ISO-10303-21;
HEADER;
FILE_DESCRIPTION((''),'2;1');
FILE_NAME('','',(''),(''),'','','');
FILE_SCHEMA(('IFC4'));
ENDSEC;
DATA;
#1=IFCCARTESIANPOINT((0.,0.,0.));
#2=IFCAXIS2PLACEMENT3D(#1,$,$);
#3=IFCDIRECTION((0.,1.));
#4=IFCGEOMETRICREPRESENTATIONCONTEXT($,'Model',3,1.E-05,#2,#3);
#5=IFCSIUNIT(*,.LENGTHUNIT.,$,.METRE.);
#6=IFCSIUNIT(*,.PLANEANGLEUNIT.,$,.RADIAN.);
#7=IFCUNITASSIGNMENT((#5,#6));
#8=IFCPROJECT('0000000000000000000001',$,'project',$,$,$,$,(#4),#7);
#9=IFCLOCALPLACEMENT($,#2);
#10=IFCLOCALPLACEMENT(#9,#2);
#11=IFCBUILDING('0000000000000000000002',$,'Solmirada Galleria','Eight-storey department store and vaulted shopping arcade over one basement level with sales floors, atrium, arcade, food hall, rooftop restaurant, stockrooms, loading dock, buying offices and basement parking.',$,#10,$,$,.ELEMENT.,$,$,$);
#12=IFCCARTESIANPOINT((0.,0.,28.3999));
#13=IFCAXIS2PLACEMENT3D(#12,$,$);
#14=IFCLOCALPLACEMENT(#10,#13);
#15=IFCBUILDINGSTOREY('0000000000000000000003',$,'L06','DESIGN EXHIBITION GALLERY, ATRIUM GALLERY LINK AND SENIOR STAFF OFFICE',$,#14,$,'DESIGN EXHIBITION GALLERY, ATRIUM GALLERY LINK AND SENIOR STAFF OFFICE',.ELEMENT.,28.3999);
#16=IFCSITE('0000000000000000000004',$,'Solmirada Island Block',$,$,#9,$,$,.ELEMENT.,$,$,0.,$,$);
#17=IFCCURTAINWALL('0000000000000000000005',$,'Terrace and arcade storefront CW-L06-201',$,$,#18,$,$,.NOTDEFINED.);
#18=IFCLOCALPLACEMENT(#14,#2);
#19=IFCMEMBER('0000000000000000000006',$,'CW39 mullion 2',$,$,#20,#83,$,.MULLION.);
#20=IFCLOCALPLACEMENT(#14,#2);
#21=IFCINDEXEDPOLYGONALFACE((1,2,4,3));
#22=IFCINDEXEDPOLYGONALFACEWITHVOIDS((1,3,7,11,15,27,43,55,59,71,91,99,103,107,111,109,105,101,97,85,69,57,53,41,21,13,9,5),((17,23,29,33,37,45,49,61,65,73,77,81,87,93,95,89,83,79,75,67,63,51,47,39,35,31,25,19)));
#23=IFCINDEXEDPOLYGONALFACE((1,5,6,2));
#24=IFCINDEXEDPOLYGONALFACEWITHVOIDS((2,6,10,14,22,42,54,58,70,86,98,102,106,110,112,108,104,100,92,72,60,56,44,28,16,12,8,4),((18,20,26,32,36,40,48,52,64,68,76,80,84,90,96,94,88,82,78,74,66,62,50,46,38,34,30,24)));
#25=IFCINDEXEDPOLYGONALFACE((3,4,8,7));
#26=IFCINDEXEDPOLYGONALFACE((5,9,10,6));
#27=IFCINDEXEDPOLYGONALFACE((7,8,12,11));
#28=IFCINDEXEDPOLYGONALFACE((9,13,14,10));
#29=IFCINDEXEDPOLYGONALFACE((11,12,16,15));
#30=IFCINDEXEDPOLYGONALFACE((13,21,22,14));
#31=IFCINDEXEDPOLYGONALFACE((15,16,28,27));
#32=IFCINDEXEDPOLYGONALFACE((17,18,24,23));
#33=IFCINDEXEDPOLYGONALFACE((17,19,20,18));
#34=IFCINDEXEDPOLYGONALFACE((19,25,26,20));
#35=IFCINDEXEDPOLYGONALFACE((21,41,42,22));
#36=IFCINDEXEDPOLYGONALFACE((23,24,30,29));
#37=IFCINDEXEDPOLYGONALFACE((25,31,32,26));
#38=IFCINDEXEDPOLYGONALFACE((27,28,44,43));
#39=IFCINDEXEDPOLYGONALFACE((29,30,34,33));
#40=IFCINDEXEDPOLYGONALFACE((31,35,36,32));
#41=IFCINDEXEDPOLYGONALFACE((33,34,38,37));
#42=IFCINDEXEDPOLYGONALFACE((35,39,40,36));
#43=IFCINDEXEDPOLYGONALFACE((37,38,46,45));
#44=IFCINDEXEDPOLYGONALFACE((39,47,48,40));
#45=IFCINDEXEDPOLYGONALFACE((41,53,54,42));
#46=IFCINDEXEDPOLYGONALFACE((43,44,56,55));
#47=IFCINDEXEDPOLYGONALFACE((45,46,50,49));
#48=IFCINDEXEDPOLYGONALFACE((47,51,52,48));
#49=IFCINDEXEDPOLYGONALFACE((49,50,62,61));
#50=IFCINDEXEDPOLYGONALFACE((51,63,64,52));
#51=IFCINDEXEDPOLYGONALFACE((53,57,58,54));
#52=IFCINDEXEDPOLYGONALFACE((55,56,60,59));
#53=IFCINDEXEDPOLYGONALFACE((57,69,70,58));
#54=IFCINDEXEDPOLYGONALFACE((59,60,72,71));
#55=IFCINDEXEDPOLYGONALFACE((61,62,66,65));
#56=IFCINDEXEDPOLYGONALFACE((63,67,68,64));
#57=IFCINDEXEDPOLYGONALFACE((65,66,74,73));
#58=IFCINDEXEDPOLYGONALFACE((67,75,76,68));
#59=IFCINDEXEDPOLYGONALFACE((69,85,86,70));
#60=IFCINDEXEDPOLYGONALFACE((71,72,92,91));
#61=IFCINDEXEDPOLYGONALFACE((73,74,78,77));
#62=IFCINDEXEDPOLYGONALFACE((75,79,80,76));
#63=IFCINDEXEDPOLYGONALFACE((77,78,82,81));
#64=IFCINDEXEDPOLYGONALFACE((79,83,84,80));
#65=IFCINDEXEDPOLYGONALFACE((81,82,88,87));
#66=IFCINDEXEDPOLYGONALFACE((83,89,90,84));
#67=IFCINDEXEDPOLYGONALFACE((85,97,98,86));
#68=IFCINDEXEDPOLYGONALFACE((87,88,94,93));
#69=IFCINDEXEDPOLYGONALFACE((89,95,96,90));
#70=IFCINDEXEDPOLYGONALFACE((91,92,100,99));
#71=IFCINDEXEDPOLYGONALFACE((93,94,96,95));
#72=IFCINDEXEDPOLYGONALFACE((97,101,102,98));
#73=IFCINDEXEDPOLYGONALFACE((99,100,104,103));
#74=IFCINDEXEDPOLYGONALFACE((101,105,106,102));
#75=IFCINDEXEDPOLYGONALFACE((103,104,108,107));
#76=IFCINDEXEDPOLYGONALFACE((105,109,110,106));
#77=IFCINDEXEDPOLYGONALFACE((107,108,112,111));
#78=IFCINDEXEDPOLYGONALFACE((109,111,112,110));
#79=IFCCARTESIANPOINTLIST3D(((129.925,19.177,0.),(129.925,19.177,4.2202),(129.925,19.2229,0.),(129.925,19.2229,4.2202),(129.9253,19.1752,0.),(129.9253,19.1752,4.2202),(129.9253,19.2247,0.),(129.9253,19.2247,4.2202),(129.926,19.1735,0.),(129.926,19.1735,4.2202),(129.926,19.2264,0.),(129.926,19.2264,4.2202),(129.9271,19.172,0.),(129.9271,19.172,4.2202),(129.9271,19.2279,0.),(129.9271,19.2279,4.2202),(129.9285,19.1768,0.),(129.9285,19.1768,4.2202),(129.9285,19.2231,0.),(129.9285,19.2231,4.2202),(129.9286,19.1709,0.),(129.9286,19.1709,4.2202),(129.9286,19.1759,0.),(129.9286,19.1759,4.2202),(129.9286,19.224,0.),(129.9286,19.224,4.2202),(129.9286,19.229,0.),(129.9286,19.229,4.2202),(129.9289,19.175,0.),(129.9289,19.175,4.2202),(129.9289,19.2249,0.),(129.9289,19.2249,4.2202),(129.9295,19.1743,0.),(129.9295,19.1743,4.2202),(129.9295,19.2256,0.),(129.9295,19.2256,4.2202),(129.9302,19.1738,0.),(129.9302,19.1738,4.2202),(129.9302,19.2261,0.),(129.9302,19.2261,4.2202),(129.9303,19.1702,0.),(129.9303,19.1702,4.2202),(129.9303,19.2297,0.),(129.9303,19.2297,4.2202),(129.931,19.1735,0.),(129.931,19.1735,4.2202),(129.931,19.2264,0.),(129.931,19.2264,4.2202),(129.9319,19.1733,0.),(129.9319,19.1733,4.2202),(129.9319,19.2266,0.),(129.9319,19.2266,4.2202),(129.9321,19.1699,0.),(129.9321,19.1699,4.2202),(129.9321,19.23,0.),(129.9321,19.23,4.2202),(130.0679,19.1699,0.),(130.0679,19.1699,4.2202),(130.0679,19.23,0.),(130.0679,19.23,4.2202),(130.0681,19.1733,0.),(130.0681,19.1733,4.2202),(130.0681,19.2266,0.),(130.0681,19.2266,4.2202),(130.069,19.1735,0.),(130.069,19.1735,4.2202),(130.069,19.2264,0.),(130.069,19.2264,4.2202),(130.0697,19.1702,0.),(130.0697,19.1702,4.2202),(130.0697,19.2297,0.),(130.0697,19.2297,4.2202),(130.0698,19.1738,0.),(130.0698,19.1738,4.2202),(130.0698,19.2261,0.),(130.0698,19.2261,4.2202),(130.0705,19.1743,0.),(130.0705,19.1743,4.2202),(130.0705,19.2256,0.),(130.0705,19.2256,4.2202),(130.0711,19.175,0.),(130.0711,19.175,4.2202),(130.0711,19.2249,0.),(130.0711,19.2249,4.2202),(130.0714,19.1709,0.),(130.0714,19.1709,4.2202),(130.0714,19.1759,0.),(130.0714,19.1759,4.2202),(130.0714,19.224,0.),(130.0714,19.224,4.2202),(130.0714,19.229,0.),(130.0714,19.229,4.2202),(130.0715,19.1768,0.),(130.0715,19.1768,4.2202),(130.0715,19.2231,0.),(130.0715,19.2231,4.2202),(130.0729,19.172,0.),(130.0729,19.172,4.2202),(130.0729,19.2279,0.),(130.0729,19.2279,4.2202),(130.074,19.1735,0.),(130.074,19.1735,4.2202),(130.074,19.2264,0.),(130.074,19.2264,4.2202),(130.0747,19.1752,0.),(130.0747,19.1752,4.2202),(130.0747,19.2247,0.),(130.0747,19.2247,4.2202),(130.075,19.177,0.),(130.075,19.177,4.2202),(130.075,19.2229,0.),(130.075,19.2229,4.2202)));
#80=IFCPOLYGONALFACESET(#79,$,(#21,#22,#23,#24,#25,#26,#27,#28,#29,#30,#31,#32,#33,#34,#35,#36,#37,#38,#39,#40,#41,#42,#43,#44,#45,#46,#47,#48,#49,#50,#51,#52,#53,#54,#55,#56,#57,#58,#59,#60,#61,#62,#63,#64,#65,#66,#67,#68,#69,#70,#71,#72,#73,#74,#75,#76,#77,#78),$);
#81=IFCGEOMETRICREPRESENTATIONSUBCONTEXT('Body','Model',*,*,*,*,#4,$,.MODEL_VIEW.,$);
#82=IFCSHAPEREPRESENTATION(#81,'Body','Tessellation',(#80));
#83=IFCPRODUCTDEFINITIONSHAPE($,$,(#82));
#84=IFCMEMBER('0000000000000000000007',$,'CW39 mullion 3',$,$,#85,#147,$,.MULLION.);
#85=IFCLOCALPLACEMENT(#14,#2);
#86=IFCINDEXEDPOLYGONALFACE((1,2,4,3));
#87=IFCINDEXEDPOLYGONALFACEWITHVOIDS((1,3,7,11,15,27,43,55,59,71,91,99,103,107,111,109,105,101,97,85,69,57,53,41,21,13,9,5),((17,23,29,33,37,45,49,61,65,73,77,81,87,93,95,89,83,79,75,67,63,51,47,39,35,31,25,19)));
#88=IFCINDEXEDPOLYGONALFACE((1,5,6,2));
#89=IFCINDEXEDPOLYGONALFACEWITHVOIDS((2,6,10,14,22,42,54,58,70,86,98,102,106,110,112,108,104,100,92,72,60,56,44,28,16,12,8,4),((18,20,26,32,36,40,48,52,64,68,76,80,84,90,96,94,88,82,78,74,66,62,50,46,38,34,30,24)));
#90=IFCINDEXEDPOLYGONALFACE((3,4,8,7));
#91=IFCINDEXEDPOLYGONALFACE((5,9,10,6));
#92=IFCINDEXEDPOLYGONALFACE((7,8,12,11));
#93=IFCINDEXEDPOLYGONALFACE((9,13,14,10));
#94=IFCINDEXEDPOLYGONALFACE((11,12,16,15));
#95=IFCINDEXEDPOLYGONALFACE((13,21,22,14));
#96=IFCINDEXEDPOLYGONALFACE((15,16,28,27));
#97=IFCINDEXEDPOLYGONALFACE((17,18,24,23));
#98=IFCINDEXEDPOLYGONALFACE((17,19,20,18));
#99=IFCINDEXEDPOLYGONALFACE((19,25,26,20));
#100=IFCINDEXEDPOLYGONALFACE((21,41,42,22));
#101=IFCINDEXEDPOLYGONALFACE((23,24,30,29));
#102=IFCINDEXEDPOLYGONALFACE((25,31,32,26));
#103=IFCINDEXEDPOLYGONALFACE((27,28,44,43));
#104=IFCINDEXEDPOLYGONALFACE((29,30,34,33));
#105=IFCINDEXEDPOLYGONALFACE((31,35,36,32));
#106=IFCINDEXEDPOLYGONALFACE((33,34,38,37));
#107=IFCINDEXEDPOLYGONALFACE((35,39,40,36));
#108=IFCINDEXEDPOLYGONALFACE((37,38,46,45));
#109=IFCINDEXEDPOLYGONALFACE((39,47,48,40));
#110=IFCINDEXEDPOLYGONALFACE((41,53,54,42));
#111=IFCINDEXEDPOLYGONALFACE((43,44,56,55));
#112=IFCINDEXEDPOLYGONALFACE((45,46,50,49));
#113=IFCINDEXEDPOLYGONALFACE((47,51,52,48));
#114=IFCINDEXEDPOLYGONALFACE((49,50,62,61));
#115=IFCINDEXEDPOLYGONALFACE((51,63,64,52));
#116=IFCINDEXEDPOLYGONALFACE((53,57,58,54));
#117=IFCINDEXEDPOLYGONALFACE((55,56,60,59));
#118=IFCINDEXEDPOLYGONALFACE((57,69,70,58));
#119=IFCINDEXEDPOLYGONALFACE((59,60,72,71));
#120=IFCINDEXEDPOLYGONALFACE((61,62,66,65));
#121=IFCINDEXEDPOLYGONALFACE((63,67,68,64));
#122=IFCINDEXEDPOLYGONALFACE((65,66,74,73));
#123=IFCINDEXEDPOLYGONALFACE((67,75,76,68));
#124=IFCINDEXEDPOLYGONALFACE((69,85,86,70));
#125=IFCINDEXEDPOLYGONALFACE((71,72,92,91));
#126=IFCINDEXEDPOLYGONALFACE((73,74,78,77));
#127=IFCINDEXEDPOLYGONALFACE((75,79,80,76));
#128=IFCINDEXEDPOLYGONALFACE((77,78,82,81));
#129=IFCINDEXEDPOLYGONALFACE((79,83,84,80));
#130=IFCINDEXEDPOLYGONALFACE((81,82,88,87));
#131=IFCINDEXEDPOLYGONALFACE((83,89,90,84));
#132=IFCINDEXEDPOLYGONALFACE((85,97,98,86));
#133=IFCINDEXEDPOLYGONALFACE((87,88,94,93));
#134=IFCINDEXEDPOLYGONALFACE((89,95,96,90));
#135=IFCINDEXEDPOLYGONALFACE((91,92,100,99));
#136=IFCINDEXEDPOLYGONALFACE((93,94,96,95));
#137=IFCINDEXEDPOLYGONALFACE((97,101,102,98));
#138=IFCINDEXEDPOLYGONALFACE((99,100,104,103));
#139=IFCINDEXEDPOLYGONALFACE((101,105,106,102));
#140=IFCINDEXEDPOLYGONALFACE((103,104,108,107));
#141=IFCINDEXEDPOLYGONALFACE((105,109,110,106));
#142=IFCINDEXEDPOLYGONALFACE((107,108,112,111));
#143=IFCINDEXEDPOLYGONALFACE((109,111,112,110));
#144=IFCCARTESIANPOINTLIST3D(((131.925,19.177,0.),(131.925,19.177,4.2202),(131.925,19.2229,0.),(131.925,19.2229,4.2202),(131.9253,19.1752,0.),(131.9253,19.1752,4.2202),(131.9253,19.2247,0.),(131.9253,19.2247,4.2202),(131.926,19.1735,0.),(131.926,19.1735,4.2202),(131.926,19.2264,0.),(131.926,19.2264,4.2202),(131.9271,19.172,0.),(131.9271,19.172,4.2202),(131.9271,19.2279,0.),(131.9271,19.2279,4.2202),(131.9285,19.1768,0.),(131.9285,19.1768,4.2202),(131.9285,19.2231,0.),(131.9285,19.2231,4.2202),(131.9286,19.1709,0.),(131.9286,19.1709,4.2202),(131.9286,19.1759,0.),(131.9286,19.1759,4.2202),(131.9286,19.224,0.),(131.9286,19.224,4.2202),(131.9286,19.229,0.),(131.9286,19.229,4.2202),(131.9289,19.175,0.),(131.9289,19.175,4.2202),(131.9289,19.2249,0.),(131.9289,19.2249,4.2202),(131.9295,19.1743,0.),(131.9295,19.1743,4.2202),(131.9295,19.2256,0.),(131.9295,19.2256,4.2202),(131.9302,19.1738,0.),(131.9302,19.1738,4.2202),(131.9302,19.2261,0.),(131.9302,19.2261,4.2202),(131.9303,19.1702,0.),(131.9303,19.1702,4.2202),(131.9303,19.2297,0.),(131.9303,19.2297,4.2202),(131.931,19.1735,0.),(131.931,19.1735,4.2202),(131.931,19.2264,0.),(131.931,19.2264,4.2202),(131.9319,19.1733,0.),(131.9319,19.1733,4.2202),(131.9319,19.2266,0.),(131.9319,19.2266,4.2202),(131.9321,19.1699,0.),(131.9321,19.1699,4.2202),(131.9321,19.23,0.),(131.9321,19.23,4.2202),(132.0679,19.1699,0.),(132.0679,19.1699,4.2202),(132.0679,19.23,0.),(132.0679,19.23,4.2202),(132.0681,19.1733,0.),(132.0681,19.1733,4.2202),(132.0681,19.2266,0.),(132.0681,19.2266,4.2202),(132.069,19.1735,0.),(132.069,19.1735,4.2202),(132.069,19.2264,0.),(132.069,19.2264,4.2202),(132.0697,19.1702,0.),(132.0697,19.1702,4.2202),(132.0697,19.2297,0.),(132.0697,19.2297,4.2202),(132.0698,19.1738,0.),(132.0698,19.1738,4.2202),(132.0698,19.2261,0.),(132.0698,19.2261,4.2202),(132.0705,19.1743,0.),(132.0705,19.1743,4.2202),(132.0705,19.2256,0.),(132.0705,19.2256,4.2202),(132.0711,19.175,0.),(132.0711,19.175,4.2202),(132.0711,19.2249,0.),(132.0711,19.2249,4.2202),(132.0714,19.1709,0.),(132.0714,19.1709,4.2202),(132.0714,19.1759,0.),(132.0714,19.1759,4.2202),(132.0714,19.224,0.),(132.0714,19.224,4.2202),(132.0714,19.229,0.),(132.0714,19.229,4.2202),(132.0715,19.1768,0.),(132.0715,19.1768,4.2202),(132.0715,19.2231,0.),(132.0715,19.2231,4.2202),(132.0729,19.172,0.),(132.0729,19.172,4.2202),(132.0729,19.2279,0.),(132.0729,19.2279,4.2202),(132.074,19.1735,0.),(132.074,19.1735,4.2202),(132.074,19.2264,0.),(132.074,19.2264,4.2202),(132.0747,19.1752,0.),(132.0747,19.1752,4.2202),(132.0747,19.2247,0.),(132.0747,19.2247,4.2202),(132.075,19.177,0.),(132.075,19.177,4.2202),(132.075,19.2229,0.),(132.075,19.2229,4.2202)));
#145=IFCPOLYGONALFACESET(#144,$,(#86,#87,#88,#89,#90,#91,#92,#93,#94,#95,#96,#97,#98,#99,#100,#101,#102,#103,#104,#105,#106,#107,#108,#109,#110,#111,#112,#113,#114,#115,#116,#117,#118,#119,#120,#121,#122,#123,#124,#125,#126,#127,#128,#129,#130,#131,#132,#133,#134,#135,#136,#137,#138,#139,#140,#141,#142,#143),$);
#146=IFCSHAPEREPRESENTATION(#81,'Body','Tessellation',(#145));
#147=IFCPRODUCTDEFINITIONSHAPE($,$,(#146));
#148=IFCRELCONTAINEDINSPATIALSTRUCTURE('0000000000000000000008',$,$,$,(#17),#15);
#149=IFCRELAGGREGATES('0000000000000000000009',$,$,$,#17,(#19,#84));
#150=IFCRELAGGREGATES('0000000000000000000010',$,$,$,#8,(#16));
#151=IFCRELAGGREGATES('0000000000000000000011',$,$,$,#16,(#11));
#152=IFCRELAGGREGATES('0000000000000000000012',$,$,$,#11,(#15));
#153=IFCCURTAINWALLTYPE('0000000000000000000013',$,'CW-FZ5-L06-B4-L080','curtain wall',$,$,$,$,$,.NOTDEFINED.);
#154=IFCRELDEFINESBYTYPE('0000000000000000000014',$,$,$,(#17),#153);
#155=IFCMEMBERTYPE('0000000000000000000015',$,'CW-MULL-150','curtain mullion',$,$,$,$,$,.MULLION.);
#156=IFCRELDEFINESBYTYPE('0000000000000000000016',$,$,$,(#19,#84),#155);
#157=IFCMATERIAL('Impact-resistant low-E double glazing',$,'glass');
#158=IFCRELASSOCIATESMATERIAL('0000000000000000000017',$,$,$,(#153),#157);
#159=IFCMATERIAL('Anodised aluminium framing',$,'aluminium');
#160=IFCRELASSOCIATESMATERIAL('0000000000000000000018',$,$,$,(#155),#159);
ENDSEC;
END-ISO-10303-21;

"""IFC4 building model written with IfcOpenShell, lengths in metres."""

from ifc_helpers import new_model, si_unit, direction, frame, origin, origin_2d, place, context, subcontext, project, spatial, hollow_rectangle, extrude, material, material_profile, profile_set, type_object, element, aggregate, save


model = new_model("IFC4")

# Units and contexts
model_context = context("Model", 3, precision=1e-05, world=origin(), true_north=direction((0.0, 1.0)))
body_context = subcontext(model_context, "Body", "Model", "MODEL_VIEW")
ifc_project = project(units=[si_unit("LENGTHUNIT", "METRE"), si_unit("PLANEANGLEUNIT", "RADIAN")], contexts=[model_context])

# Site, building, storey
site_placement = place(None, origin())
site = spatial("IfcSite", under=ifc_project, at=site_placement, Name="Solmirada Island Block", CompositionType="ELEMENT", RefElevation=0.0)
building_placement = place(site_placement, origin())
building = spatial("IfcBuilding", under=site, at=building_placement, Name="Solmirada Galleria", Description="Eight-storey department store and vaulted shopping arcade over one basement level with sales floors, atrium, arcade, food hall, rooftop restaurant, stockrooms, loading dock, buying offices and basement parking.", CompositionType="ELEMENT")
storey_placement = place(building_placement, frame((0.0, 0.0, 28.3999)))
storey = spatial("IfcBuildingStorey", under=building, at=storey_placement, Name="L06", Description="DESIGN EXHIBITION GALLERY, ATRIUM GALLERY LINK AND SENIOR STAFF OFFICE", LongName="DESIGN EXHIBITION GALLERY, ATRIUM GALLERY LINK AND SENIOR STAFF OFFICE", CompositionType="ELEMENT", Elevation=28.3999)

# Shared definitions
ifc_material_1 = material(Name="Impact-resistant low-E double glazing", Category="glass")
curtain_wall_type = type_object("IfcCurtainWallType", Name="CW-FZ5-L06-B4-L080", Description="curtain wall", PredefinedType="NOTDEFINED", material=ifc_material_1)
ifc_material_2 = material(Name="Anodised aluminium framing", Category="aluminium")
ifc_material_profile_1 = material_profile(ifc_material_2, hollow_rectangle(XDim=0.0601, YDim=0.1499, WallThickness=0.0034, InnerFilletRadius=0.0034, OuterFilletRadius=0.0071, at=origin_2d()), Name="ALU-MULL-150X60")
ifc_profile_set_1 = profile_set([ifc_material_profile_1], Name="Anodised aluminium framing")
member_type_1 = type_object("IfcMemberType", Name="CW-MULL-150", Description="curtain mullion", PredefinedType="MULLION", material=ifc_profile_set_1)

# Curtain wall, members
curtain_wall_1_placement = place(storey_placement, origin())
curtain_wall_1 = element("IfcCurtainWall", 1, at=curtain_wall_1_placement, inside=storey, type_object=curtain_wall_type, Name="Terrace and arcade storefront CW-L06-201", PredefinedType="NOTDEFINED")
member_1_placement = place(storey_placement, frame((130.0, 19.2, 0.0), z_axis=(0.0, 0.0, 1.0), x_axis=(0.0, 1.0, 0.0)))
member_1 = element("IfcMember", 2, at=member_1_placement, type_object=member_type_1, Name="CW39 mullion 2", PredefinedType="MULLION", context=body_context, shape_type="SweptSolid", body=[
    extrude(hollow_rectangle(XDim=0.0601, YDim=0.1499, WallThickness=0.0034, InnerFilletRadius=0.0034, OuterFilletRadius=0.0071, at=origin_2d()), origin(), (0.0, 0.0, 1.0), 4.2202),
])
member_2_placement = place(storey_placement, frame((132.0, 19.2, 0.0), z_axis=(0.0, 0.0, 1.0), x_axis=(0.0, 1.0, 0.0)))
member_2 = element("IfcMember", 3, at=member_2_placement, type_object=member_type_1, Name="CW39 mullion 3", PredefinedType="MULLION", context=body_context, shape_type="SweptSolid", body=[
    extrude(hollow_rectangle(XDim=0.0601, YDim=0.1499, WallThickness=0.0034, InnerFilletRadius=0.0034, OuterFilletRadius=0.0071, at=origin_2d()), origin(), (0.0, 0.0, 1.0), 4.2202),
])

aggregate(curtain_wall_1, [member_1, member_2])

save(model, "model.ifc")
